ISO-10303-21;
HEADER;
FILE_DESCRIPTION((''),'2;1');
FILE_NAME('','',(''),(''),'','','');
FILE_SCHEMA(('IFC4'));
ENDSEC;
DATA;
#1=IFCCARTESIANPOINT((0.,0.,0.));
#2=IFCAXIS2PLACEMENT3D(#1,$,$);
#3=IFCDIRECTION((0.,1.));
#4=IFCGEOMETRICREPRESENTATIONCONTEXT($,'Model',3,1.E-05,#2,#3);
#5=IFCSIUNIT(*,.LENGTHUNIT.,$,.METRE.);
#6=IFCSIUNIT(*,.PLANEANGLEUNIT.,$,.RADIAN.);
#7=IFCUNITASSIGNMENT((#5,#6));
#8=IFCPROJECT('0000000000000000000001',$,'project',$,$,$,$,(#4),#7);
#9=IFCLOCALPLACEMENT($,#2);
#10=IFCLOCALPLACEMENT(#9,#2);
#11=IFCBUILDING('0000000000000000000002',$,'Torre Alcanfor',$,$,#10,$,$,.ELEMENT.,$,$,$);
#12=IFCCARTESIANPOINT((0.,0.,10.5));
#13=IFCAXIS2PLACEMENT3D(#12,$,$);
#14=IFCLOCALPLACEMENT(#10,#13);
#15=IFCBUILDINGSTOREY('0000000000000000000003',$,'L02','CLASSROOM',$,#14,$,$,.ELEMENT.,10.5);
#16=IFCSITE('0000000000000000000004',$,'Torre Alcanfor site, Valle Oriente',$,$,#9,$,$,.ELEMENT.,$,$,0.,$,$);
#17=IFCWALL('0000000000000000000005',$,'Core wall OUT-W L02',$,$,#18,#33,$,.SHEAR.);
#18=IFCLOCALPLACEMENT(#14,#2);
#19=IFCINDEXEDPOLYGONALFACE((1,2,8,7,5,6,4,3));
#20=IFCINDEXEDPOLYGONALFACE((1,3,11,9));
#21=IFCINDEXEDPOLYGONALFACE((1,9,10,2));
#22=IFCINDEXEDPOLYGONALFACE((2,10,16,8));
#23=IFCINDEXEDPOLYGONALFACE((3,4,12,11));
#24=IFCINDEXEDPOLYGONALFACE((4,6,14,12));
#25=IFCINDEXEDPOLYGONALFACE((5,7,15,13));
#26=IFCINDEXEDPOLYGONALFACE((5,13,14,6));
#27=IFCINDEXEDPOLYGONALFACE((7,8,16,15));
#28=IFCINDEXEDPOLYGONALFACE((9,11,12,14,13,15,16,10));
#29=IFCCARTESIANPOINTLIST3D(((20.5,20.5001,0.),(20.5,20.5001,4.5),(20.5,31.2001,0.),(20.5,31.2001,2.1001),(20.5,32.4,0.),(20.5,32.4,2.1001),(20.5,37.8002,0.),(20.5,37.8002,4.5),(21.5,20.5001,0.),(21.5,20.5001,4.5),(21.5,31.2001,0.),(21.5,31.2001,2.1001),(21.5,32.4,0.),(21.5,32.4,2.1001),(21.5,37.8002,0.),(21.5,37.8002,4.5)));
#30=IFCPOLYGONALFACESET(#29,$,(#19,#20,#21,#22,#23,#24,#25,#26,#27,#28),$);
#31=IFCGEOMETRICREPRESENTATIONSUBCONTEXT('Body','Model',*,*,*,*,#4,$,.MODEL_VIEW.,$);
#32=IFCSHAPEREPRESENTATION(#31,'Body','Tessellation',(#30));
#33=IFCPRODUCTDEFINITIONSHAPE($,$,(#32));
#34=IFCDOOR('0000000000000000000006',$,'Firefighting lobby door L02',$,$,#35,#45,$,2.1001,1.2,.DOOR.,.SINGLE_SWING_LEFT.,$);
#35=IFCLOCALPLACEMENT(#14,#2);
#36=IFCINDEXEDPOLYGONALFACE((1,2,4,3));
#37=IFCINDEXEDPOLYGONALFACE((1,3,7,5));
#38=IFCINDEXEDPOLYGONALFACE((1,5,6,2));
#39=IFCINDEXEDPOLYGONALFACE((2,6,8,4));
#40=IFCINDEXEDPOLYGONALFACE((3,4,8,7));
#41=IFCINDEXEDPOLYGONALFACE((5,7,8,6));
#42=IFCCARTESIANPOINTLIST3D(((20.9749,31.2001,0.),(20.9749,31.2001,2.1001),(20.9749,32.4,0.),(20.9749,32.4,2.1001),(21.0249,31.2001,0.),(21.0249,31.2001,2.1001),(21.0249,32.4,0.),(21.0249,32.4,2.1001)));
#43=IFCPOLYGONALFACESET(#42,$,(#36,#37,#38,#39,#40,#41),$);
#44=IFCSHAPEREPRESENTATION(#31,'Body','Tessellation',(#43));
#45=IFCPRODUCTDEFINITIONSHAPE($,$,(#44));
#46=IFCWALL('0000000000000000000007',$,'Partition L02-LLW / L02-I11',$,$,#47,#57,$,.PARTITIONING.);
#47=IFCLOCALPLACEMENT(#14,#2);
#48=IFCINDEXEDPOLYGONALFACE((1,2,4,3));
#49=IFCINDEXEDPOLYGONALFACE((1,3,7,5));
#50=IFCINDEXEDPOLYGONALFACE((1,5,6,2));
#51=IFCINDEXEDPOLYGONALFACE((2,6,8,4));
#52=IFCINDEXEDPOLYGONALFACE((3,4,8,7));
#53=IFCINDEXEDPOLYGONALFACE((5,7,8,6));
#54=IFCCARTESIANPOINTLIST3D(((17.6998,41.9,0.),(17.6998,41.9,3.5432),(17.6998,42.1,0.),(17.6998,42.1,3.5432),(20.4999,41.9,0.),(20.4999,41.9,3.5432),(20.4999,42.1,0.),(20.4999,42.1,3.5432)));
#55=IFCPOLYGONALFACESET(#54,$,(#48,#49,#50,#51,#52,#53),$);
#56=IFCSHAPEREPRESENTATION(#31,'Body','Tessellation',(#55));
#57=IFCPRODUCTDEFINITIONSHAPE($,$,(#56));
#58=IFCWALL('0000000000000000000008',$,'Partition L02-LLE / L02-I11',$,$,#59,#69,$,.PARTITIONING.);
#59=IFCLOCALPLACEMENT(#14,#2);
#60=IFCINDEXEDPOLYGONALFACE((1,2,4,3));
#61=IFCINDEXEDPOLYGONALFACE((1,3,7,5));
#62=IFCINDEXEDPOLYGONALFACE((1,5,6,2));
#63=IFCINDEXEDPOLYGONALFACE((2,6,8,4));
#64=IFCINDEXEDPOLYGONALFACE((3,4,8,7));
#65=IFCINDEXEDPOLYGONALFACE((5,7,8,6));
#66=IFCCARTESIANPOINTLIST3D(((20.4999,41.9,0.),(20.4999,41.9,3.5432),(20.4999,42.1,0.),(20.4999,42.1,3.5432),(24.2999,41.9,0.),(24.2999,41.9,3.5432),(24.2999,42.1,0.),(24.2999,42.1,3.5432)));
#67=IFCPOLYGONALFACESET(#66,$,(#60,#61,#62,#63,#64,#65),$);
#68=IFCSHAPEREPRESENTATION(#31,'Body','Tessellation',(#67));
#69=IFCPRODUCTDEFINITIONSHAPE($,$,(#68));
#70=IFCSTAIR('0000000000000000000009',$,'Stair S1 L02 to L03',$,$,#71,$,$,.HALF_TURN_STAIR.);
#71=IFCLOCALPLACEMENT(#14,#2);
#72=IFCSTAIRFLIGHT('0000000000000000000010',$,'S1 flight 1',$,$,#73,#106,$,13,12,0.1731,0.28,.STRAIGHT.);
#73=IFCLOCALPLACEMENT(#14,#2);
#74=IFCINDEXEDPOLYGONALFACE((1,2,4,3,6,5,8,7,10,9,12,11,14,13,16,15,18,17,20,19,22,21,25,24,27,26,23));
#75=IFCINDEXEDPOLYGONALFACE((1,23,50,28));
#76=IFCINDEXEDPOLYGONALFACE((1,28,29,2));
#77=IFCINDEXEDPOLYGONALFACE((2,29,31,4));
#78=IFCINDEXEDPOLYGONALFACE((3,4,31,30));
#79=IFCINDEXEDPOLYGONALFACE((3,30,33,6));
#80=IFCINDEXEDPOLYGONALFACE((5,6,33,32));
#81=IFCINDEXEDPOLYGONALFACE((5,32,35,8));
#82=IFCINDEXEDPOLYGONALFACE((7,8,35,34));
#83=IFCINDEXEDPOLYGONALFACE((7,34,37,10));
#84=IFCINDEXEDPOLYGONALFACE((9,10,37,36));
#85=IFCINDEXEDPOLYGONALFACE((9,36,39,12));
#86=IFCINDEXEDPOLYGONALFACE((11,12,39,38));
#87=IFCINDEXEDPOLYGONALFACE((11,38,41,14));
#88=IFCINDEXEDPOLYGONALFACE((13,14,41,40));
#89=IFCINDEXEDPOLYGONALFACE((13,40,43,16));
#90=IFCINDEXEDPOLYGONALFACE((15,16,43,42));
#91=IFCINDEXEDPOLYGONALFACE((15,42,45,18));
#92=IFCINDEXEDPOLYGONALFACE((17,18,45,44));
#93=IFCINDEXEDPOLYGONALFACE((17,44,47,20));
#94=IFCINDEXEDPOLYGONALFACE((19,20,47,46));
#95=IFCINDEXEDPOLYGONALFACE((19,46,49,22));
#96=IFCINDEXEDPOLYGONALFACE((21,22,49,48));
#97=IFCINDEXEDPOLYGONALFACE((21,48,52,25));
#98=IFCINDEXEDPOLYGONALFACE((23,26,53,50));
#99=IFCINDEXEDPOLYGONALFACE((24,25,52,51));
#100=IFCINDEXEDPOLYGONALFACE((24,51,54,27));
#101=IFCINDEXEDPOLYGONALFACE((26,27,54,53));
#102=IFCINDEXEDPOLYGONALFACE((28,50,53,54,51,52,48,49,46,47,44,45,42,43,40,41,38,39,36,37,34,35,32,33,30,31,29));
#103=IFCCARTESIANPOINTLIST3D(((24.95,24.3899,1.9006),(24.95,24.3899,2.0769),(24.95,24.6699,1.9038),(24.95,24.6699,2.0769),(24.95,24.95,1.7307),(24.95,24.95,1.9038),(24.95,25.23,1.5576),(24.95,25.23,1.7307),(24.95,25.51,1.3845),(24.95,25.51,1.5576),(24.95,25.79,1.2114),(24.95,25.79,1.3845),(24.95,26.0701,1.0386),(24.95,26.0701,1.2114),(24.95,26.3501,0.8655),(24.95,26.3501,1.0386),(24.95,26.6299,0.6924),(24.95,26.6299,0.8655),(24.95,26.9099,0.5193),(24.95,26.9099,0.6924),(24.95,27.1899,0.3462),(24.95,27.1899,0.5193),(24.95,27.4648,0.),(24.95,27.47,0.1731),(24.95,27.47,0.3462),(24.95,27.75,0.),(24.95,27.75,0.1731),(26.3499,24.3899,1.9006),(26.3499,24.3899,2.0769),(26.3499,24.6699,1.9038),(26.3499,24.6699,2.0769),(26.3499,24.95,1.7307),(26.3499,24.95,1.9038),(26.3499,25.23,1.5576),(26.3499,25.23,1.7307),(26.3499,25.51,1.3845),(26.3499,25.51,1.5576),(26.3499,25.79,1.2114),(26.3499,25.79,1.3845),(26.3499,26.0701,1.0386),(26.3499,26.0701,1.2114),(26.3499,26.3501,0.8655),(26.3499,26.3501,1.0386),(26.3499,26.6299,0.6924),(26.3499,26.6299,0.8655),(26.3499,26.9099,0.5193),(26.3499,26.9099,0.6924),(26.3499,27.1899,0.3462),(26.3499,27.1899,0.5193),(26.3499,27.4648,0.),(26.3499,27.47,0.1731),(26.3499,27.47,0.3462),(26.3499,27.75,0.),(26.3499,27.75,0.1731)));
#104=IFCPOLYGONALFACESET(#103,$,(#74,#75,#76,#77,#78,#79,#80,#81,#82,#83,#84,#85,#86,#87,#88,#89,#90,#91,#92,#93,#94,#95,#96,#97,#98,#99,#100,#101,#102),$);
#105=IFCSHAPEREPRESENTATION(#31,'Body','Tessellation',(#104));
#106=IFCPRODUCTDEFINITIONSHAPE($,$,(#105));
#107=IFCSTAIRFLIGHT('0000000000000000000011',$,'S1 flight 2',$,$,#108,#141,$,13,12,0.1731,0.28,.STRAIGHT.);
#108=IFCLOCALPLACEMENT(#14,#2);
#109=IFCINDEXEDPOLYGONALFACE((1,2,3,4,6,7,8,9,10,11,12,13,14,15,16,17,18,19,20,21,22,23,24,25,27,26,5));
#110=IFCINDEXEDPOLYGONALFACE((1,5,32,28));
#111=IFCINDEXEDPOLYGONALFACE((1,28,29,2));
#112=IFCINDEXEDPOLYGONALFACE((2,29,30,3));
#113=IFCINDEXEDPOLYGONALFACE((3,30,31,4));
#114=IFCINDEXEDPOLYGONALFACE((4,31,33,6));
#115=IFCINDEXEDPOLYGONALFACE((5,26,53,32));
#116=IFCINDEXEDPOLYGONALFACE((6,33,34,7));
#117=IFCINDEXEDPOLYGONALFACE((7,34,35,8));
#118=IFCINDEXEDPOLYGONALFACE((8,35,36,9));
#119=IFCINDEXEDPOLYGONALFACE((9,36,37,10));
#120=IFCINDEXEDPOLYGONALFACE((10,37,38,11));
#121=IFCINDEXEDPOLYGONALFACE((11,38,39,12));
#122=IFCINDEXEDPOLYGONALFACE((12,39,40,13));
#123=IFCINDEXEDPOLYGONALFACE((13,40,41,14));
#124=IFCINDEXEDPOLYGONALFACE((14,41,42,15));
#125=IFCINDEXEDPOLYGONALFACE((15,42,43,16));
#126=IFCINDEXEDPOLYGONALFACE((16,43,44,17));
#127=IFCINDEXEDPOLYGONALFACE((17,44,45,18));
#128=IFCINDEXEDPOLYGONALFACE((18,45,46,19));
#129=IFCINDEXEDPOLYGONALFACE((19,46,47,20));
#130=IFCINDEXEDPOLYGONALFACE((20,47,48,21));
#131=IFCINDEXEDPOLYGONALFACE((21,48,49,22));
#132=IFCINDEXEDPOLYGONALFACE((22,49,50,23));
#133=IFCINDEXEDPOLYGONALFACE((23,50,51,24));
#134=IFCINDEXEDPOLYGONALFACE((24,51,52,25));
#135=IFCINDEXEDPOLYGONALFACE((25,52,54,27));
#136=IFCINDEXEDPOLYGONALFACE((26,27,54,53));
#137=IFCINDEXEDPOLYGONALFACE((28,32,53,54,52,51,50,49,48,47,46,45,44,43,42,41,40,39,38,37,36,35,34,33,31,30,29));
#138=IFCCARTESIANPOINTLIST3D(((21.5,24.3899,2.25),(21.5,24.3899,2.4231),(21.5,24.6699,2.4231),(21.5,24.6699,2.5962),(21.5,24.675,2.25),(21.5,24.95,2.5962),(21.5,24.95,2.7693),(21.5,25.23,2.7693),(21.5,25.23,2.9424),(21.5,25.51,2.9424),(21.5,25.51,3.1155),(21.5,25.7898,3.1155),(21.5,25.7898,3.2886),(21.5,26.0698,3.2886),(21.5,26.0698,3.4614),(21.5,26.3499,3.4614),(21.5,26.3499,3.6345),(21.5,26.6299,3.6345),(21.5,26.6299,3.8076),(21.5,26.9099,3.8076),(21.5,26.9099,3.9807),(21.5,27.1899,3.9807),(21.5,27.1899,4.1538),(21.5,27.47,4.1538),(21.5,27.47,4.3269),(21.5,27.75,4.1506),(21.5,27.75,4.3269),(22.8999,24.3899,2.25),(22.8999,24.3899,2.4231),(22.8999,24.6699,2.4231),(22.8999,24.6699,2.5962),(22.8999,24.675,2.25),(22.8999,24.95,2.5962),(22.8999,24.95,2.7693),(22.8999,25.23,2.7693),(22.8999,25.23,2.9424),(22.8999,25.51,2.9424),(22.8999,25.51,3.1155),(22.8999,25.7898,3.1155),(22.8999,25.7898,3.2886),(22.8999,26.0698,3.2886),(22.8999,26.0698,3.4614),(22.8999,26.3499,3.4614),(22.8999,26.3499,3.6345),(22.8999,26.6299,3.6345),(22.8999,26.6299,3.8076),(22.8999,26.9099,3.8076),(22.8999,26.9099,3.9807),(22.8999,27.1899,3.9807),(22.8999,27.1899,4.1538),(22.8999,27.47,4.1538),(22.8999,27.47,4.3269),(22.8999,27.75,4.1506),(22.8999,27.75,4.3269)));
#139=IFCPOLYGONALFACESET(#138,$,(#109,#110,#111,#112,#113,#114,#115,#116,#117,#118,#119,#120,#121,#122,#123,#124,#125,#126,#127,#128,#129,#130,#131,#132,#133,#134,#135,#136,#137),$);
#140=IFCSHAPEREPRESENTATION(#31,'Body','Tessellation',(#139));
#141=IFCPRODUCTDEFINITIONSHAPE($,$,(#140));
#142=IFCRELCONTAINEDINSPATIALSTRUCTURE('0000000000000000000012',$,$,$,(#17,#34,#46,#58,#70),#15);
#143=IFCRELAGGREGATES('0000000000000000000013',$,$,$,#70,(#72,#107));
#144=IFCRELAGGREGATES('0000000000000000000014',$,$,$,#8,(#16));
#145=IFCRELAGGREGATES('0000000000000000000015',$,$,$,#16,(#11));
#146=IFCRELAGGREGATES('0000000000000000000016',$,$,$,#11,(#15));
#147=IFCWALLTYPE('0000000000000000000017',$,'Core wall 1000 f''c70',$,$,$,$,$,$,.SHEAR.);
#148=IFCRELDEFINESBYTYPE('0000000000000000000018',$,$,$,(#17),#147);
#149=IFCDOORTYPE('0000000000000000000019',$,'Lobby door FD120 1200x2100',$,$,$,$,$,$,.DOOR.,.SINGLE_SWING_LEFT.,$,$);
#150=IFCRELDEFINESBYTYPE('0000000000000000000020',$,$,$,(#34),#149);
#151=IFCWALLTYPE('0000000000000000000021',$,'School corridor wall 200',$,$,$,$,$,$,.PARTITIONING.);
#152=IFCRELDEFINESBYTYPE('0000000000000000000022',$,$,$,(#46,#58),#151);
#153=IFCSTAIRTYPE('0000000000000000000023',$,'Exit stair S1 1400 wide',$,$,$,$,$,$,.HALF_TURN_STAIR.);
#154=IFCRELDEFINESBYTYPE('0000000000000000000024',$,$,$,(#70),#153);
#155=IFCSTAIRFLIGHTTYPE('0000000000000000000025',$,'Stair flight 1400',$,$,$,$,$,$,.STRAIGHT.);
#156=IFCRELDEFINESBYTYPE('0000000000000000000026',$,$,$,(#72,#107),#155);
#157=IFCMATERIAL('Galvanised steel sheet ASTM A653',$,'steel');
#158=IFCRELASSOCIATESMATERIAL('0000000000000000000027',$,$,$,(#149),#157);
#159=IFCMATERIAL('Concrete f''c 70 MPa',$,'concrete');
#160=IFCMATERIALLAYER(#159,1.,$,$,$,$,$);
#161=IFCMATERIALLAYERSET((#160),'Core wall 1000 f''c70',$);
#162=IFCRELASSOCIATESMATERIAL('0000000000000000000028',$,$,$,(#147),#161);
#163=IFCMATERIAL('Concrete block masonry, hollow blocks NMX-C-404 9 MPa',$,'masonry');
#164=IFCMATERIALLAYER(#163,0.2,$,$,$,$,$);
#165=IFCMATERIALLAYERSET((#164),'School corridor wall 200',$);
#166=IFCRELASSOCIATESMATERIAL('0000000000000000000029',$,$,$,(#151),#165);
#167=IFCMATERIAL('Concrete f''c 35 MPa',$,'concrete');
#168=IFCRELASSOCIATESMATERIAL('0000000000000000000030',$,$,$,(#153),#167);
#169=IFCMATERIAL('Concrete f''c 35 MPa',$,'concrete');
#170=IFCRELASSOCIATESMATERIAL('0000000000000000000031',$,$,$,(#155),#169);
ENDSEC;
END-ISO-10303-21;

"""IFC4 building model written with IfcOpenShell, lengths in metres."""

from ifc_helpers import new_model, si_unit, direction, frame, frame_2d, origin, place, context, subcontext, project, spatial, polyline, rectangle, outline, extrude, material, layer, layer_set, type_object, element, fill, aggregate, save


model = new_model("IFC4")

# Units and contexts
model_context = context("Model", 3, precision=1e-05, world=origin(), true_north=direction((0.0, 1.0)))
body_context = subcontext(model_context, "Body", "Model", "MODEL_VIEW")
ifc_project = project(units=[si_unit("LENGTHUNIT", "METRE"), si_unit("PLANEANGLEUNIT", "RADIAN")], contexts=[model_context])

# Site, building, storey
site_placement = place(None, origin())
site = spatial("IfcSite", under=ifc_project, at=site_placement, Name="Torre Alcanfor site, Valle Oriente", CompositionType="ELEMENT", RefElevation=0.0)
building_placement = place(site_placement, origin())
building = spatial("IfcBuilding", under=site, at=building_placement, Name="Torre Alcanfor", CompositionType="ELEMENT")
storey_placement = place(building_placement, frame((0.0, 0.0, 10.5)))
storey = spatial("IfcBuildingStorey", under=building, at=storey_placement, Name="L02", Description="CLASSROOM", CompositionType="ELEMENT", Elevation=10.5)

# Shared definitions
ifc_material_1 = material(Name="Galvanised steel sheet ASTM A653", Category="steel")
door_type_1 = type_object("IfcDoorType", Name="Lobby door FD120 1200x2100", OperationType="SINGLE_SWING_LEFT", PredefinedType="DOOR", material=ifc_material_1)

# Shared definitions
ifc_material_2 = material(Name="Concrete f'c 70 MPa", Category="concrete")
ifc_layer_1 = layer(ifc_material_2, 1.0)
ifc_layer_set_1 = layer_set([ifc_layer_1], Name="Core wall 1000 f'c70")
wall_type_1 = type_object("IfcWallType", Name="Core wall 1000 f'c70", PredefinedType="SHEAR", material=ifc_layer_set_1)

# Wall, opening, door
wall_1_placement = place(storey_placement, frame((21.0, 37.8, 0.0), z_axis=(0.0, 0.0, 1.0), x_axis=(0.0, -1.0, 0.0)))
wall_1 = element("IfcWall", 1, at=wall_1_placement, inside=storey, type_object=wall_type_1, Name="Core wall OUT-W L02", PredefinedType="SHEAR", context=body_context, shape_type="SweptSolid", body=[
    extrude(rectangle(XDim=17.3, YDim=1.0, at=frame_2d((8.6499, 0.0))), origin(), (0.0, 0.0, 1.0), 4.5),
])
opening_1_placement = place(wall_1_placement, frame((5.3999, 0.0, 0.0)))
opening_1 = element("IfcOpeningElement", 2, at=opening_1_placement, cuts=wall_1, PredefinedType="OPENING", context=body_context, shape_type="SweptSolid", body=[
    extrude(rectangle(XDim=1.2, YDim=2.1001, at=frame_2d((0.6001, 1.05))), frame((0.0, 0.51, 0.0), z_axis=(0.0, -1.0, 0.0), x_axis=(1.0, 0.0, 0.0)), (0.0, 0.0, 1.0), 1.02),
])
door_1_placement = place(opening_1_placement, origin())
door_1 = element("IfcDoor", 3, at=door_1_placement, inside=storey, type_object=door_type_1, Name="Firefighting lobby door L02", OperationType="SINGLE_SWING_LEFT", OverallHeight=2.1001, OverallWidth=1.2, PredefinedType="DOOR", context=body_context, shape_type="SweptSolid", body=[
    extrude(rectangle(XDim=1.2, YDim=2.1001, at=frame_2d((0.6001, 1.05))), frame((0.0, 0.0249, 0.0), z_axis=(0.0, -1.0, 0.0), x_axis=(1.0, 0.0, 0.0)), (0.0, 0.0, 1.0), 0.05),
])
fill(opening_1, door_1)

# Walls
ifc_material_3 = material(Name="Concrete block masonry, hollow blocks NMX-C-404 9 MPa", Category="masonry")
ifc_layer_2 = layer(ifc_material_3, 0.2)
ifc_layer_set_2 = layer_set([ifc_layer_2], Name="School corridor wall 200")
wall_type_2 = type_object("IfcWallType", Name="School corridor wall 200", PredefinedType="PARTITIONING", material=ifc_layer_set_2)
wall_2_placement = place(storey_placement, frame((17.7, 42.0, 0.0), z_axis=(0.0, 0.0, 1.0), x_axis=(1.0, 0.0, 0.0)))
element("IfcWall", 4, at=wall_2_placement, inside=storey, type_object=wall_type_2, Name="Partition L02-LLW / L02-I11", PredefinedType="PARTITIONING", context=body_context, shape_type="SweptSolid", body=[
    extrude(rectangle(XDim=2.8, YDim=0.2, at=frame_2d((1.3999, 0.0))), origin(), (0.0, 0.0, 1.0), 3.5432),
])
wall_3_placement = place(storey_placement, frame((20.5, 42.0, 0.0), z_axis=(0.0, 0.0, 1.0), x_axis=(1.0, 0.0, 0.0)))
element("IfcWall", 5, at=wall_3_placement, inside=storey, type_object=wall_type_2, Name="Partition L02-LLE / L02-I11", PredefinedType="PARTITIONING", context=body_context, shape_type="SweptSolid", body=[
    extrude(rectangle(XDim=3.8, YDim=0.2, at=frame_2d((1.8999, 0.0))), origin(), (0.0, 0.0, 1.0), 3.5432),
])

# Stair, stair flights
ifc_material_4 = material(Name="Concrete f'c 35 MPa", Category="concrete")
stair_type = type_object("IfcStairType", Name="Exit stair S1 1400 wide", PredefinedType="HALF_TURN_STAIR", material=ifc_material_4)
stair_placement = place(storey_placement, origin())
stair = element("IfcStair", 6, at=stair_placement, inside=storey, type_object=stair_type, Name="Stair S1 L02 to L03", PredefinedType="HALF_TURN_STAIR")
ifc_material_5 = material(Name="Concrete f'c 35 MPa", Category="concrete")
stair_flight_type = type_object("IfcStairFlightType", Name="Stair flight 1400", PredefinedType="STRAIGHT", material=ifc_material_5)
stair_flight_1_placement = place(storey_placement, frame((25.6499, 27.75, 0.0), z_axis=(0.0, 0.0, 1.0), x_axis=(0.0, -1.0, 0.0)))
stair_flight_1 = element("IfcStairFlight", 7, at=stair_flight_1_placement, type_object=stair_flight_type, Name="S1 flight 1", NumberOfRisers=13, NumberOfTreads=12, PredefinedType="STRAIGHT", RiserHeight=0.1731, TreadLength=0.28, context=body_context, shape_type="SweptSolid", body=[
    extrude(outline(polyline([(0.0, 0.0), (0.0, 0.1731), (0.28, 0.1731), (0.28, 0.3462), (0.5601, 0.3462), (0.5601, 0.5193), (0.8401, 0.5193), (0.8401, 0.6924), (1.1201, 0.6924), (1.1201, 0.8655), (1.3999, 0.8655), (1.3999, 1.0386), (1.6799, 1.0386), (1.6799, 1.2114), (1.96, 1.2114), (1.96, 1.3845), (2.24, 1.3845), (2.24, 1.5576), (2.52, 1.5576), (2.52, 1.7307), (2.8, 1.7307), (2.8, 1.9038), (3.0801, 1.9038), (3.0801, 2.0769), (3.3601, 2.0769), (3.3601, 2.25), (3.3601, 1.9006), (0.2852, 0.0), (0.0, 0.0)])), frame((0.0, 0.7, 0.0), z_axis=(0.0, -1.0, 0.0), x_axis=(1.0, 0.0, 0.0)), (0.0, 0.0, 1.0), 1.3999),
])
stair_flight_2_placement = place(storey_placement, frame((22.2, 24.3899, 2.25), z_axis=(0.0, 0.0, 1.0), x_axis=(0.0, 1.0, 0.0)))
stair_flight_2 = element("IfcStairFlight", 8, at=stair_flight_2_placement, type_object=stair_flight_type, Name="S1 flight 2", NumberOfRisers=13, NumberOfTreads=12, PredefinedType="STRAIGHT", RiserHeight=0.1731, TreadLength=0.28, context=body_context, shape_type="SweptSolid", body=[
    extrude(outline(polyline([(0.0, 0.0), (0.0, 0.1731), (0.28, 0.1731), (0.28, 0.3462), (0.5601, 0.3462), (0.5601, 0.5193), (0.8401, 0.5193), (0.8401, 0.6924), (1.1201, 0.6924), (1.1201, 0.8655), (1.3999, 0.8655), (1.3999, 1.0386), (1.6799, 1.0386), (1.6799, 1.2114), (1.96, 1.2114), (1.96, 1.3845), (2.24, 1.3845), (2.24, 1.5576), (2.52, 1.5576), (2.52, 1.7307), (2.8, 1.7307), (2.8, 1.9038), (3.0801, 1.9038), (3.0801, 2.0769), (3.3601, 2.0769), (3.3601, 2.25), (3.3601, 1.9006), (0.2852, 0.0), (0.0, 0.0)])), frame((0.0, 0.7, 0.0), z_axis=(0.0, -1.0, 0.0), x_axis=(1.0, 0.0, 0.0)), (0.0, 0.0, 1.0), 1.3999),
])
aggregate(stair, [stair_flight_1, stair_flight_2])

save(model, "model.ifc")
